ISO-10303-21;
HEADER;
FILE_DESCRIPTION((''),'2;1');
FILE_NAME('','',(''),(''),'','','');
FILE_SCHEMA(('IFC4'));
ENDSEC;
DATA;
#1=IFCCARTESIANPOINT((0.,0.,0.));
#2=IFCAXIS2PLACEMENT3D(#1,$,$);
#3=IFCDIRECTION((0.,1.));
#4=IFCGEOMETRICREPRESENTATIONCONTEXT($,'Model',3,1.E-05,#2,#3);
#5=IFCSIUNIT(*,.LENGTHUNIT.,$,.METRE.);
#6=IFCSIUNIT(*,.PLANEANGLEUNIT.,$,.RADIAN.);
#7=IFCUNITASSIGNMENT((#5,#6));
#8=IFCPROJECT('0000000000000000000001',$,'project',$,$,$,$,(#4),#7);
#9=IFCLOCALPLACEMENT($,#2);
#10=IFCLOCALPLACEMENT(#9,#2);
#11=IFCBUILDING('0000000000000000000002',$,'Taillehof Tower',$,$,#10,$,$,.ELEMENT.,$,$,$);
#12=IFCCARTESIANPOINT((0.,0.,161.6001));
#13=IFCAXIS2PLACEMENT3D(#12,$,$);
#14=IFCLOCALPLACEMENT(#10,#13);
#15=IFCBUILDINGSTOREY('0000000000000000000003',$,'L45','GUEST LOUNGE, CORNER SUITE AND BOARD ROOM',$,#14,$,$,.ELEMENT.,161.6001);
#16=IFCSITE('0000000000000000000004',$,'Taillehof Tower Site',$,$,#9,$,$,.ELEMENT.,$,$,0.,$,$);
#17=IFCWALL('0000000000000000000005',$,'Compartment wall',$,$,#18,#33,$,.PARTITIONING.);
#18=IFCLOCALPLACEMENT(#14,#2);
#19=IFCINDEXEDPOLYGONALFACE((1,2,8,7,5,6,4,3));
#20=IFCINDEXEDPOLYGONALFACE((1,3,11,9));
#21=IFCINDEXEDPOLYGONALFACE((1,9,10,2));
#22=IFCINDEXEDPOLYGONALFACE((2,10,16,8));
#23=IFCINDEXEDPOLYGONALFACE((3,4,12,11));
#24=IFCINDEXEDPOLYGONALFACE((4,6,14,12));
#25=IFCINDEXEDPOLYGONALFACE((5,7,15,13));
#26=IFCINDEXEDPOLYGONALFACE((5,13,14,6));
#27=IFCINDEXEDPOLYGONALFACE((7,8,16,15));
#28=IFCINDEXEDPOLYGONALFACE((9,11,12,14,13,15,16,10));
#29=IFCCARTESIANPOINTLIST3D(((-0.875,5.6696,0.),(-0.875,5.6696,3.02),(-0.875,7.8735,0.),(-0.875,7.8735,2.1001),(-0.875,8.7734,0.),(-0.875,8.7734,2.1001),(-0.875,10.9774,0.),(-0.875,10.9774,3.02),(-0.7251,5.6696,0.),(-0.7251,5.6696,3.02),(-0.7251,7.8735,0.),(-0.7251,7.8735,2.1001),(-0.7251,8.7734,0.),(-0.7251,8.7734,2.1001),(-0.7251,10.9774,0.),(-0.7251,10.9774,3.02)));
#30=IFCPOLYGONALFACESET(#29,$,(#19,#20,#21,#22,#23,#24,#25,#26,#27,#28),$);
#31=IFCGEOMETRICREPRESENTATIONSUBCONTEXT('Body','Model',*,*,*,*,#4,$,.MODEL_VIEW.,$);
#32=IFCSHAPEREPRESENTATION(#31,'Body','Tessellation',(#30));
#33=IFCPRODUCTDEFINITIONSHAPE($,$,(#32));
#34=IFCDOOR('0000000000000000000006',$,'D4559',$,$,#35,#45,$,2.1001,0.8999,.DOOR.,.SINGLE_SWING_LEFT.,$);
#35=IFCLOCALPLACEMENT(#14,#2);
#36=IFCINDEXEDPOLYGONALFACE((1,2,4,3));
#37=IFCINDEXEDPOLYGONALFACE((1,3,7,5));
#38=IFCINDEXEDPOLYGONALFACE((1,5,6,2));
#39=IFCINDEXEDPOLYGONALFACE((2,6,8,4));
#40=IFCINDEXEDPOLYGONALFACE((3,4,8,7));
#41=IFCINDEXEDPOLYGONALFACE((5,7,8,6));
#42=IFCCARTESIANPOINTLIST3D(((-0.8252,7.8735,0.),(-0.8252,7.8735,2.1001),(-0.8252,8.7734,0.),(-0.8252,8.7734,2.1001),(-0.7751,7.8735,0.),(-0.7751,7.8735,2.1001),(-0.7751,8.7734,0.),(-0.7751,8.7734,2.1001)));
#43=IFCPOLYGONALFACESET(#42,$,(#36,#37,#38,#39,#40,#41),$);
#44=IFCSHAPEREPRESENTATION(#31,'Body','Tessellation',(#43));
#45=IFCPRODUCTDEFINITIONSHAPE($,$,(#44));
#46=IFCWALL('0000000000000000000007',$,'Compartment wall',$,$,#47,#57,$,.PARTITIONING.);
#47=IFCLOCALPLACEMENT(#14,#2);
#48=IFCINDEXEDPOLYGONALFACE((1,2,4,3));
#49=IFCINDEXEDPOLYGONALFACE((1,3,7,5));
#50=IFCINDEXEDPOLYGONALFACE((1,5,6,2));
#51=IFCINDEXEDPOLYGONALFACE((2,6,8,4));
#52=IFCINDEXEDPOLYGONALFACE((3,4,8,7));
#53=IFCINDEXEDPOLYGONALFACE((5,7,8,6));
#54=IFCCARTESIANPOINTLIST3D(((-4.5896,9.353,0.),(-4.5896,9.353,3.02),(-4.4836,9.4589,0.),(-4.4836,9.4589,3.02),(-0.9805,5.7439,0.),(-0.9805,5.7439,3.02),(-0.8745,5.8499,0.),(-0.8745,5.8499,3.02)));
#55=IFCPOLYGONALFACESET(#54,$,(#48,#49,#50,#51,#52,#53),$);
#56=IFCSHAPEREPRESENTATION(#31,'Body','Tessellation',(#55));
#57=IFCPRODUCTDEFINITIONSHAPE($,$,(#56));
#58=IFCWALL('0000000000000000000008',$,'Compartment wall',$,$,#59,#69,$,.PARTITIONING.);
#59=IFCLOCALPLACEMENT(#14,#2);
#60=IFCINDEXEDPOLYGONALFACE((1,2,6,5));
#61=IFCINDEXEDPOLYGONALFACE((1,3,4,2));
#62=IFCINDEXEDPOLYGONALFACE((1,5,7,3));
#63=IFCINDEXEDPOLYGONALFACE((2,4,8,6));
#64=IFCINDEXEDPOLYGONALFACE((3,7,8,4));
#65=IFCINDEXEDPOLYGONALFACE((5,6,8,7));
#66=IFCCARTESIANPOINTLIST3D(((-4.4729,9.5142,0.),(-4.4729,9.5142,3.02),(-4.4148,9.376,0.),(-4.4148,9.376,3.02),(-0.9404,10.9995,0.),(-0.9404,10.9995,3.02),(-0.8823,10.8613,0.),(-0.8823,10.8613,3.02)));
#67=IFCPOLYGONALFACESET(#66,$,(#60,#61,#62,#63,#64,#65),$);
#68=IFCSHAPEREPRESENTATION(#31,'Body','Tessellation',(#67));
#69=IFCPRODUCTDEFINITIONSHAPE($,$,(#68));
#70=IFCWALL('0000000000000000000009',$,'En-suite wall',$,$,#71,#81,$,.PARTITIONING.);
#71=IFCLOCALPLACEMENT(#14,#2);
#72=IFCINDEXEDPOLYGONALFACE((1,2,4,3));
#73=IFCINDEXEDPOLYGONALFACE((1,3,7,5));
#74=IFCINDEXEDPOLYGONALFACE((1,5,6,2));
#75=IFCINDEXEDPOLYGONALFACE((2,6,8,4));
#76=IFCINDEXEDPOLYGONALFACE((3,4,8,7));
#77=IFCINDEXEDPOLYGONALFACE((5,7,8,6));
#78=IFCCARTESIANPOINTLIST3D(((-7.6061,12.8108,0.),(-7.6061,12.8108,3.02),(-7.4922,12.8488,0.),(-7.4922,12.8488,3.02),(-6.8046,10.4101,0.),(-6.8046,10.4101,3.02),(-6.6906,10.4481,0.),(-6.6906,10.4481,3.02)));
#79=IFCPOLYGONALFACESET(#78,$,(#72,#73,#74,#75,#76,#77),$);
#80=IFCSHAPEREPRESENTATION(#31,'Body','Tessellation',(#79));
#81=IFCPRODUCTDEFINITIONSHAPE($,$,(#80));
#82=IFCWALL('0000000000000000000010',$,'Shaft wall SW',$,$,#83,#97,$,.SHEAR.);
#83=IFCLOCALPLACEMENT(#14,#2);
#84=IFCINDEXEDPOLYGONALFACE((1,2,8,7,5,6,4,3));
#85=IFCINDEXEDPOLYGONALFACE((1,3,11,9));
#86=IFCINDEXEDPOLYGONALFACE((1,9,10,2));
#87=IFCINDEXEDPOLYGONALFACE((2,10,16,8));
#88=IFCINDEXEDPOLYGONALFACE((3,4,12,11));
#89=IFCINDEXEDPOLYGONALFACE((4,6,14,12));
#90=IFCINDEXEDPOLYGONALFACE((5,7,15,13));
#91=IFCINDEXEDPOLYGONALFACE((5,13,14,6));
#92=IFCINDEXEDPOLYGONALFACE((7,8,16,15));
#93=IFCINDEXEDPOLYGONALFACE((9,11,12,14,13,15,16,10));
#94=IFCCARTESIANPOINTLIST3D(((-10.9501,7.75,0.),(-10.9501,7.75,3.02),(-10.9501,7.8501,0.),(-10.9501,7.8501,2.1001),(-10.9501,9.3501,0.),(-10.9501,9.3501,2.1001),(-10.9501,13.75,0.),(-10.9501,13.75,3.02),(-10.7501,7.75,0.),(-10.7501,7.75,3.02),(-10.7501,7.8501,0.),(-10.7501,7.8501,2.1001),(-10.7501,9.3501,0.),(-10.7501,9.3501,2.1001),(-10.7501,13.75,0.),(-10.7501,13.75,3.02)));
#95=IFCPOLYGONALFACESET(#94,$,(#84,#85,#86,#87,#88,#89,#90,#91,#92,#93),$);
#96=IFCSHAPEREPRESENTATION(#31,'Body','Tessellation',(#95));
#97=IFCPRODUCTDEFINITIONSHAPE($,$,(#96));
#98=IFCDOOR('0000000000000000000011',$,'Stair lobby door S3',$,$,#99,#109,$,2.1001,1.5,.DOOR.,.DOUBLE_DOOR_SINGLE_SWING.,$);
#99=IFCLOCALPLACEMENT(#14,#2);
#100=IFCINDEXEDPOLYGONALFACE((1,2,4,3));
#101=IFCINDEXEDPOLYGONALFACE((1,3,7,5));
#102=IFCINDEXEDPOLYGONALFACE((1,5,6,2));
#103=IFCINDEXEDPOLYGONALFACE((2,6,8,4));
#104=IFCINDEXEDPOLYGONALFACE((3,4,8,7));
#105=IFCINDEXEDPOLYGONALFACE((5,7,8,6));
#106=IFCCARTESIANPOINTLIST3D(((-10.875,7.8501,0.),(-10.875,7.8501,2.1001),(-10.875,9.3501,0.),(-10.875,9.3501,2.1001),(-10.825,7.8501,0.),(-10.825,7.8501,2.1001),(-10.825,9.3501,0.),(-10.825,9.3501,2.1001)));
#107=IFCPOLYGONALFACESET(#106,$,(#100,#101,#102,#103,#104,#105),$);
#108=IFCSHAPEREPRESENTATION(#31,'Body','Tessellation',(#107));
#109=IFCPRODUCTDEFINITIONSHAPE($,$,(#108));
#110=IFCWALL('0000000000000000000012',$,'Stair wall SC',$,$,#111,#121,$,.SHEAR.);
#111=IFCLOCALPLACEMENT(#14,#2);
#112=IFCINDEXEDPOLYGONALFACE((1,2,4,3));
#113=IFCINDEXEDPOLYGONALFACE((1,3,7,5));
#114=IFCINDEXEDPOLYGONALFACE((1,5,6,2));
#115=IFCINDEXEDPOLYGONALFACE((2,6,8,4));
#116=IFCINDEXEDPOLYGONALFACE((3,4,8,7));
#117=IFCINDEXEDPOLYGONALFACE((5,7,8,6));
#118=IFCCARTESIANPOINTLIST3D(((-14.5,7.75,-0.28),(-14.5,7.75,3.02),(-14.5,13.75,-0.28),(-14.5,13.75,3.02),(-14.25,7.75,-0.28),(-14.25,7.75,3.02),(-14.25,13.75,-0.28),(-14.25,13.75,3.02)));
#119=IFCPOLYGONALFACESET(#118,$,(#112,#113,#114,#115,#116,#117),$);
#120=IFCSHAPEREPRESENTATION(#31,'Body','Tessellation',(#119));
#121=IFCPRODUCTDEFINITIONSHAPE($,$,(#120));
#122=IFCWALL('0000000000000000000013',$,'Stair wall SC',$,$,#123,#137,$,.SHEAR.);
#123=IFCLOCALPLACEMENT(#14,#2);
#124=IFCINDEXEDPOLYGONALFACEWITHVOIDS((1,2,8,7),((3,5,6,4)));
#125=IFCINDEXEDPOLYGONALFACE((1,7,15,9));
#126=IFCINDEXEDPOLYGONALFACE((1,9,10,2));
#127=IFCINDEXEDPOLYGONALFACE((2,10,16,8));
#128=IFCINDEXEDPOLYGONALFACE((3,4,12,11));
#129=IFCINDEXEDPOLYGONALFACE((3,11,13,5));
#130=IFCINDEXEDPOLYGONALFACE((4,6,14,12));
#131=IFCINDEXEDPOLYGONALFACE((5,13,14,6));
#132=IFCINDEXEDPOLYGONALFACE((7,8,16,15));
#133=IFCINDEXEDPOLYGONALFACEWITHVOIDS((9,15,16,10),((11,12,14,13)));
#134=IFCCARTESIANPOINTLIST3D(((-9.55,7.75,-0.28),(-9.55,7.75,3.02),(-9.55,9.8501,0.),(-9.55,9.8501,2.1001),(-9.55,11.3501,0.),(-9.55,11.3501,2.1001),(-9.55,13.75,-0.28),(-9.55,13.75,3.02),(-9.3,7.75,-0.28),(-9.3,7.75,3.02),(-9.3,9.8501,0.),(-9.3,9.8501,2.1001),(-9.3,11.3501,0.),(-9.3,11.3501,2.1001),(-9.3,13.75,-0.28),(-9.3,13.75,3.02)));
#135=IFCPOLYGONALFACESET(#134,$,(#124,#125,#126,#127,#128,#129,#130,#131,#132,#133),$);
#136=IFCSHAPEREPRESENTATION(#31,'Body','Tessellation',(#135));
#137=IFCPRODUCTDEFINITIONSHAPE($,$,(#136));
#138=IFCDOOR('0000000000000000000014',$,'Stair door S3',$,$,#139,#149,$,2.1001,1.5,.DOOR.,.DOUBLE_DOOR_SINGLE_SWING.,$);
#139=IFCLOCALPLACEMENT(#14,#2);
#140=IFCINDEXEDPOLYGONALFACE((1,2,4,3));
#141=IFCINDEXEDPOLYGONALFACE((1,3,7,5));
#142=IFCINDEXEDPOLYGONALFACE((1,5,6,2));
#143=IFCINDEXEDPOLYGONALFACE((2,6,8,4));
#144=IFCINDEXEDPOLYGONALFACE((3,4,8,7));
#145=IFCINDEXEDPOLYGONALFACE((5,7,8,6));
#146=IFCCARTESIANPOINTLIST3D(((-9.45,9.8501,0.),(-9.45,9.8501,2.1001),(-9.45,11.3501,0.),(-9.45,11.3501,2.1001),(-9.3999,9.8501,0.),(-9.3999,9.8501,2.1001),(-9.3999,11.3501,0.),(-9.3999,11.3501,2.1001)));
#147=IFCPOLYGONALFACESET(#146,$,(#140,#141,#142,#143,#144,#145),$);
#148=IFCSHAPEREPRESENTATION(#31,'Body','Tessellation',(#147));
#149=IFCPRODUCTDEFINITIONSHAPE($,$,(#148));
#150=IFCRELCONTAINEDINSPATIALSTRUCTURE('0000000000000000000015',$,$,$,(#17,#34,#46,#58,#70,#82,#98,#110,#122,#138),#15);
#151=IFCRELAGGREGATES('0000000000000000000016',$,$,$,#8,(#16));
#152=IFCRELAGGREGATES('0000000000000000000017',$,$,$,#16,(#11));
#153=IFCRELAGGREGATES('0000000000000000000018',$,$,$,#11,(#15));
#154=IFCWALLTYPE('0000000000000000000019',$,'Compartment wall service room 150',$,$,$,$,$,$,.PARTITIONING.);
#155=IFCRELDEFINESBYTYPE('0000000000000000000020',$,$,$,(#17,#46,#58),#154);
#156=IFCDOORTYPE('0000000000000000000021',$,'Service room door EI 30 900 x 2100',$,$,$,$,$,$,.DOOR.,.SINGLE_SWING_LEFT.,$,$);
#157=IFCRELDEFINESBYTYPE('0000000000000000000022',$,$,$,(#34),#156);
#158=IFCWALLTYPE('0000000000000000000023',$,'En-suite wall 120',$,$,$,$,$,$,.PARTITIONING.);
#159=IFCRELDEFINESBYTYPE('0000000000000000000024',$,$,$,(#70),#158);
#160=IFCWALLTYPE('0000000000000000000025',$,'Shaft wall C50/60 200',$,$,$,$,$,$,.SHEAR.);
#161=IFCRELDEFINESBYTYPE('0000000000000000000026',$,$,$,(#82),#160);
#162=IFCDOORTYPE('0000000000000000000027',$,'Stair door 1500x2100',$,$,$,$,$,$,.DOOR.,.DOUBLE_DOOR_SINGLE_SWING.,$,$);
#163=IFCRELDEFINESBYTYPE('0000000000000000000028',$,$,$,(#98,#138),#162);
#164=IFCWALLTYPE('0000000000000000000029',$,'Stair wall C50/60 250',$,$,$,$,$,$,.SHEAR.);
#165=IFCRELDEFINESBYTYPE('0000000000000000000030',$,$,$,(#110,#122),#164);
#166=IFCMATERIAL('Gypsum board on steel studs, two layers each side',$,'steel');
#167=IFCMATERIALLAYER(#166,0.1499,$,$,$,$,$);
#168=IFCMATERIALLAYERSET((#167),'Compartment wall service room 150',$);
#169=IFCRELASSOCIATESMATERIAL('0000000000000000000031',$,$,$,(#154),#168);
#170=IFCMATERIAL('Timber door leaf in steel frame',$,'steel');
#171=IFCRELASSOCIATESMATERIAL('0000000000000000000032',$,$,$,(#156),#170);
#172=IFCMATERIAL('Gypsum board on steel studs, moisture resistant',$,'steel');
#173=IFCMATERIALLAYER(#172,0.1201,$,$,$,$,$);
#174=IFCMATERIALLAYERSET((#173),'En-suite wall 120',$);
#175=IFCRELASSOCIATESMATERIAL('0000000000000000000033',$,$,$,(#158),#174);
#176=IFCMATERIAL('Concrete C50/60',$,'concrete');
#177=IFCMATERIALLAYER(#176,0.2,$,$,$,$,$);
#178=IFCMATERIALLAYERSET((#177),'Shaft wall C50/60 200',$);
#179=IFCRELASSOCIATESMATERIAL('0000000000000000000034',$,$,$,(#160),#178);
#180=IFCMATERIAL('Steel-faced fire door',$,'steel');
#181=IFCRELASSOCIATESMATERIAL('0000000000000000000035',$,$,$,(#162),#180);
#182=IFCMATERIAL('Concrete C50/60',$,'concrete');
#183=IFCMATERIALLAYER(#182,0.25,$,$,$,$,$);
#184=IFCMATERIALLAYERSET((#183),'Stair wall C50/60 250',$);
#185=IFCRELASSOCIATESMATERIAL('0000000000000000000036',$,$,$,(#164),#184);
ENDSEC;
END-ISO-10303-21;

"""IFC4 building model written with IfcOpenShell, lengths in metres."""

from ifc_helpers import new_model, si_unit, direction, frame, frame_2d, origin, place, context, subcontext, project, spatial, rectangle, extrude, material, layer, layer_set, type_object, element, fill, save


model = new_model("IFC4")

# Units and contexts
model_context = context("Model", 3, precision=1e-05, world=origin(), true_north=direction((0.0, 1.0)))
body_context = subcontext(model_context, "Body", "Model", "MODEL_VIEW")
ifc_project = project(units=[si_unit("LENGTHUNIT", "METRE"), si_unit("PLANEANGLEUNIT", "RADIAN")], contexts=[model_context])

# Site, building, storey
site_placement = place(None, origin())
site = spatial("IfcSite", under=ifc_project, at=site_placement, Name="Taillehof Tower Site", CompositionType="ELEMENT", RefElevation=0.0)
building_placement = place(site_placement, origin())
building = spatial("IfcBuilding", under=site, at=building_placement, Name="Taillehof Tower", CompositionType="ELEMENT")
storey_placement = place(building_placement, frame((0.0, 0.0, 161.6001)))
storey = spatial("IfcBuildingStorey", under=building, at=storey_placement, Name="L45", Description="GUEST LOUNGE, CORNER SUITE AND BOARD ROOM", CompositionType="ELEMENT", Elevation=161.6001)

# Wall, opening, door
ifc_material_1 = material(Name="Gypsum board on steel studs, two layers each side", Category="steel")
ifc_layer_1 = layer(ifc_material_1, 0.1499)
ifc_layer_set_1 = layer_set([ifc_layer_1], Name="Compartment wall service room 150")
wall_type_1 = type_object("IfcWallType", Name="Compartment wall service room 150", PredefinedType="PARTITIONING", material=ifc_layer_set_1)
wall_1_placement = place(storey_placement, frame((-0.8, 10.9773, 0.0), z_axis=(0.0, 0.0, 1.0), x_axis=(0.0, -1.0, 0.0)))
wall_1 = element("IfcWall", 1, at=wall_1_placement, inside=storey, type_object=wall_type_1, Name="Compartment wall", PredefinedType="PARTITIONING", context=body_context, shape_type="SweptSolid", body=[
    extrude(rectangle(XDim=5.3079, YDim=0.1499, at=frame_2d((2.6538, 0.0))), origin(), (0.0, 0.0, 1.0), 3.02),
])
opening_1_placement = place(wall_1_placement, frame((2.2039, 0.0, 0.0)))
opening_1 = element("IfcOpeningElement", 2, at=opening_1_placement, cuts=wall_1, PredefinedType="OPENING", context=body_context, shape_type="SweptSolid", body=[
    extrude(rectangle(XDim=0.8999, YDim=2.1001, at=frame_2d((0.45, 1.05))), frame((0.0, 0.085, 0.0), z_axis=(0.0, -1.0, 0.0), x_axis=(1.0, 0.0, 0.0)), (0.0, 0.0, 1.0), 0.1699),
])
ifc_material_2 = material(Name="Timber door leaf in steel frame", Category="steel")
door_type_1 = type_object("IfcDoorType", Name="Service room door EI 30 900 x 2100", OperationType="SINGLE_SWING_LEFT", PredefinedType="DOOR", material=ifc_material_2)
door_1_placement = place(opening_1_placement, origin())
door_1 = element("IfcDoor", 3, at=door_1_placement, inside=storey, type_object=door_type_1, Name="D4559", OperationType="SINGLE_SWING_LEFT", OverallHeight=2.1001, OverallWidth=0.8999, PredefinedType="DOOR", context=body_context, shape_type="SweptSolid", body=[
    extrude(rectangle(XDim=0.8999, YDim=2.1001, at=frame_2d((0.45, 1.05))), frame((0.0, 0.0249, 0.0), z_axis=(0.0, -1.0, 0.0), x_axis=(1.0, 0.0, 0.0)), (0.0, 0.0, 1.0), 0.05),
])
fill(opening_1, door_1)

# Walls
wall_2_placement = place(storey_placement, frame((-0.9275, 5.7969, 0.0), z_axis=(0.0, 0.0, 1.0), x_axis=(-0.707107, 0.707107, 0.0)))
element("IfcWall", 4, at=wall_2_placement, inside=storey, type_object=wall_type_1, Name="Compartment wall", PredefinedType="PARTITIONING", context=body_context, shape_type="SweptSolid", body=[
    extrude(rectangle(XDim=5.104, YDim=0.1499, at=frame_2d((2.552, 0.0))), origin(), (0.0, 0.0, 1.0), 3.02),
])
wall_3_placement = place(storey_placement, frame((-4.4438, 9.4451, 0.0), z_axis=(0.0, 0.0, 1.0), x_axis=(0.921822, 0.387613, 0.0)))
element("IfcWall", 5, at=wall_3_placement, inside=storey, type_object=wall_type_1, Name="Compartment wall", PredefinedType="PARTITIONING", context=body_context, shape_type="SweptSolid", body=[
    extrude(rectangle(XDim=3.832, YDim=0.1499, at=frame_2d((1.916, 0.0))), origin(), (0.0, 0.0, 1.0), 3.02),
])
ifc_material_3 = material(Name="Gypsum board on steel studs, moisture resistant", Category="steel")
ifc_layer_2 = layer(ifc_material_3, 0.1201)
ifc_layer_set_2 = layer_set([ifc_layer_2], Name="En-suite wall 120")
wall_type_2 = type_object("IfcWallType", Name="En-suite wall 120", PredefinedType="PARTITIONING", material=ifc_layer_set_2)
wall_4_placement = place(storey_placement, frame((-6.7476, 10.429, 0.0), z_axis=(0.0, 0.0, 1.0), x_axis=(-0.316691, 0.948529, 0.0)))
element("IfcWall", 6, at=wall_4_placement, inside=storey, type_object=wall_type_2, Name="En-suite wall", PredefinedType="PARTITIONING", context=body_context, shape_type="SweptSolid", body=[
    extrude(rectangle(XDim=2.531, YDim=0.1201, at=frame_2d((1.2656, 0.0))), origin(), (0.0, 0.0, 1.0), 3.02),
])

# Wall, opening, door
ifc_material_4 = material(Name="Concrete C50/60", Category="concrete")
ifc_layer_3 = layer(ifc_material_4, 0.2)
ifc_layer_set_3 = layer_set([ifc_layer_3], Name="Shaft wall C50/60 200")
wall_type_3 = type_object("IfcWallType", Name="Shaft wall C50/60 200", PredefinedType="SHEAR", material=ifc_layer_set_3)
wall_5_placement = place(storey_placement, frame((-10.8501, 7.75, 0.0), z_axis=(0.0, 0.0, 1.0), x_axis=(0.0, 1.0, 0.0)))
wall_5 = element("IfcWall", 7, at=wall_5_placement, inside=storey, type_object=wall_type_3, Name="Shaft wall SW", PredefinedType="SHEAR", context=body_context, shape_type="SweptSolid", body=[
    extrude(rectangle(XDim=6.0, YDim=0.2, at=frame_2d((3.0, 0.0))), origin(), (0.0, 0.0, 1.0), 3.02),
])
opening_2_placement = place(wall_5_placement, frame((0.1001, 0.0, 0.0)))
opening_2 = element("IfcOpeningElement", 8, at=opening_2_placement, cuts=wall_5, PredefinedType="OPENING", context=body_context, shape_type="SweptSolid", body=[
    extrude(rectangle(XDim=1.5, YDim=2.1001, at=frame_2d((0.75, 1.05))), frame((0.0, 0.1099, 0.0), z_axis=(0.0, -1.0, 0.0), x_axis=(1.0, 0.0, 0.0)), (0.0, 0.0, 1.0), 0.22),
])
ifc_material_5 = material(Name="Steel-faced fire door", Category="steel")
door_type_2 = type_object("IfcDoorType", Name="Stair door 1500x2100", OperationType="DOUBLE_DOOR_SINGLE_SWING", PredefinedType="DOOR", material=ifc_material_5)
door_2_placement = place(opening_2_placement, origin())
door_2 = element("IfcDoor", 9, at=door_2_placement, inside=storey, type_object=door_type_2, Name="Stair lobby door S3", OperationType="DOUBLE_DOOR_SINGLE_SWING", OverallHeight=2.1001, OverallWidth=1.5, PredefinedType="DOOR", context=body_context, shape_type="SweptSolid", body=[
    extrude(rectangle(XDim=1.5, YDim=2.1001, at=frame_2d((0.75, 1.05))), frame((0.0, 0.0249, 0.0), z_axis=(0.0, -1.0, 0.0), x_axis=(1.0, 0.0, 0.0)), (0.0, 0.0, 1.0), 0.05),
])
fill(opening_2, door_2)

# Wall
ifc_material_6 = material(Name="Concrete C50/60", Category="concrete")
ifc_layer_4 = layer(ifc_material_6, 0.25)
ifc_layer_set_4 = layer_set([ifc_layer_4], Name="Stair wall C50/60 250")
wall_type_4 = type_object("IfcWallType", Name="Stair wall C50/60 250", PredefinedType="SHEAR", material=ifc_layer_set_4)
wall_6_placement = place(storey_placement, frame((-14.375, 7.75, -0.28), z_axis=(0.0, 0.0, 1.0), x_axis=(0.0, 1.0, 0.0)))
element("IfcWall", 10, at=wall_6_placement, inside=storey, type_object=wall_type_4, Name="Stair wall SC", PredefinedType="SHEAR", context=body_context, shape_type="SweptSolid", body=[
    extrude(rectangle(XDim=6.0, YDim=0.25, at=frame_2d((3.0, 0.0))), origin(), (0.0, 0.0, 1.0), 3.3),
])

# Wall, opening, door
wall_7_placement = place(storey_placement, frame((-9.425, 7.75, -0.28), z_axis=(0.0, 0.0, 1.0), x_axis=(0.0, 1.0, 0.0)))
wall_7 = element("IfcWall", 11, at=wall_7_placement, inside=storey, type_object=wall_type_4, Name="Stair wall SC", PredefinedType="SHEAR", context=body_context, shape_type="SweptSolid", body=[
    extrude(rectangle(XDim=6.0, YDim=0.25, at=frame_2d((3.0, 0.0))), origin(), (0.0, 0.0, 1.0), 3.3),
])
opening_3_placement = place(wall_7_placement, frame((2.1001, 0.0, 0.28)))
opening_3 = element("IfcOpeningElement", 12, at=opening_3_placement, cuts=wall_7, PredefinedType="OPENING", context=body_context, shape_type="SweptSolid", body=[
    extrude(rectangle(XDim=1.5, YDim=2.1001, at=frame_2d((0.75, 1.05))), frame((0.0, 0.135, 0.0), z_axis=(0.0, -1.0, 0.0), x_axis=(1.0, 0.0, 0.0)), (0.0, 0.0, 1.0), 0.27),
])
door_3_placement = place(opening_3_placement, origin())
door_3 = element("IfcDoor", 13, at=door_3_placement, inside=storey, type_object=door_type_2, Name="Stair door S3", OperationType="DOUBLE_DOOR_SINGLE_SWING", OverallHeight=2.1001, OverallWidth=1.5, PredefinedType="DOOR", context=body_context, shape_type="SweptSolid", body=[
    extrude(rectangle(XDim=1.5, YDim=2.1001, at=frame_2d((0.75, 1.05))), frame((0.0, 0.0249, 0.0), z_axis=(0.0, -1.0, 0.0), x_axis=(1.0, 0.0, 0.0)), (0.0, 0.0, 1.0), 0.05),
])
fill(opening_3, door_3)

save(model, "model.ifc")
